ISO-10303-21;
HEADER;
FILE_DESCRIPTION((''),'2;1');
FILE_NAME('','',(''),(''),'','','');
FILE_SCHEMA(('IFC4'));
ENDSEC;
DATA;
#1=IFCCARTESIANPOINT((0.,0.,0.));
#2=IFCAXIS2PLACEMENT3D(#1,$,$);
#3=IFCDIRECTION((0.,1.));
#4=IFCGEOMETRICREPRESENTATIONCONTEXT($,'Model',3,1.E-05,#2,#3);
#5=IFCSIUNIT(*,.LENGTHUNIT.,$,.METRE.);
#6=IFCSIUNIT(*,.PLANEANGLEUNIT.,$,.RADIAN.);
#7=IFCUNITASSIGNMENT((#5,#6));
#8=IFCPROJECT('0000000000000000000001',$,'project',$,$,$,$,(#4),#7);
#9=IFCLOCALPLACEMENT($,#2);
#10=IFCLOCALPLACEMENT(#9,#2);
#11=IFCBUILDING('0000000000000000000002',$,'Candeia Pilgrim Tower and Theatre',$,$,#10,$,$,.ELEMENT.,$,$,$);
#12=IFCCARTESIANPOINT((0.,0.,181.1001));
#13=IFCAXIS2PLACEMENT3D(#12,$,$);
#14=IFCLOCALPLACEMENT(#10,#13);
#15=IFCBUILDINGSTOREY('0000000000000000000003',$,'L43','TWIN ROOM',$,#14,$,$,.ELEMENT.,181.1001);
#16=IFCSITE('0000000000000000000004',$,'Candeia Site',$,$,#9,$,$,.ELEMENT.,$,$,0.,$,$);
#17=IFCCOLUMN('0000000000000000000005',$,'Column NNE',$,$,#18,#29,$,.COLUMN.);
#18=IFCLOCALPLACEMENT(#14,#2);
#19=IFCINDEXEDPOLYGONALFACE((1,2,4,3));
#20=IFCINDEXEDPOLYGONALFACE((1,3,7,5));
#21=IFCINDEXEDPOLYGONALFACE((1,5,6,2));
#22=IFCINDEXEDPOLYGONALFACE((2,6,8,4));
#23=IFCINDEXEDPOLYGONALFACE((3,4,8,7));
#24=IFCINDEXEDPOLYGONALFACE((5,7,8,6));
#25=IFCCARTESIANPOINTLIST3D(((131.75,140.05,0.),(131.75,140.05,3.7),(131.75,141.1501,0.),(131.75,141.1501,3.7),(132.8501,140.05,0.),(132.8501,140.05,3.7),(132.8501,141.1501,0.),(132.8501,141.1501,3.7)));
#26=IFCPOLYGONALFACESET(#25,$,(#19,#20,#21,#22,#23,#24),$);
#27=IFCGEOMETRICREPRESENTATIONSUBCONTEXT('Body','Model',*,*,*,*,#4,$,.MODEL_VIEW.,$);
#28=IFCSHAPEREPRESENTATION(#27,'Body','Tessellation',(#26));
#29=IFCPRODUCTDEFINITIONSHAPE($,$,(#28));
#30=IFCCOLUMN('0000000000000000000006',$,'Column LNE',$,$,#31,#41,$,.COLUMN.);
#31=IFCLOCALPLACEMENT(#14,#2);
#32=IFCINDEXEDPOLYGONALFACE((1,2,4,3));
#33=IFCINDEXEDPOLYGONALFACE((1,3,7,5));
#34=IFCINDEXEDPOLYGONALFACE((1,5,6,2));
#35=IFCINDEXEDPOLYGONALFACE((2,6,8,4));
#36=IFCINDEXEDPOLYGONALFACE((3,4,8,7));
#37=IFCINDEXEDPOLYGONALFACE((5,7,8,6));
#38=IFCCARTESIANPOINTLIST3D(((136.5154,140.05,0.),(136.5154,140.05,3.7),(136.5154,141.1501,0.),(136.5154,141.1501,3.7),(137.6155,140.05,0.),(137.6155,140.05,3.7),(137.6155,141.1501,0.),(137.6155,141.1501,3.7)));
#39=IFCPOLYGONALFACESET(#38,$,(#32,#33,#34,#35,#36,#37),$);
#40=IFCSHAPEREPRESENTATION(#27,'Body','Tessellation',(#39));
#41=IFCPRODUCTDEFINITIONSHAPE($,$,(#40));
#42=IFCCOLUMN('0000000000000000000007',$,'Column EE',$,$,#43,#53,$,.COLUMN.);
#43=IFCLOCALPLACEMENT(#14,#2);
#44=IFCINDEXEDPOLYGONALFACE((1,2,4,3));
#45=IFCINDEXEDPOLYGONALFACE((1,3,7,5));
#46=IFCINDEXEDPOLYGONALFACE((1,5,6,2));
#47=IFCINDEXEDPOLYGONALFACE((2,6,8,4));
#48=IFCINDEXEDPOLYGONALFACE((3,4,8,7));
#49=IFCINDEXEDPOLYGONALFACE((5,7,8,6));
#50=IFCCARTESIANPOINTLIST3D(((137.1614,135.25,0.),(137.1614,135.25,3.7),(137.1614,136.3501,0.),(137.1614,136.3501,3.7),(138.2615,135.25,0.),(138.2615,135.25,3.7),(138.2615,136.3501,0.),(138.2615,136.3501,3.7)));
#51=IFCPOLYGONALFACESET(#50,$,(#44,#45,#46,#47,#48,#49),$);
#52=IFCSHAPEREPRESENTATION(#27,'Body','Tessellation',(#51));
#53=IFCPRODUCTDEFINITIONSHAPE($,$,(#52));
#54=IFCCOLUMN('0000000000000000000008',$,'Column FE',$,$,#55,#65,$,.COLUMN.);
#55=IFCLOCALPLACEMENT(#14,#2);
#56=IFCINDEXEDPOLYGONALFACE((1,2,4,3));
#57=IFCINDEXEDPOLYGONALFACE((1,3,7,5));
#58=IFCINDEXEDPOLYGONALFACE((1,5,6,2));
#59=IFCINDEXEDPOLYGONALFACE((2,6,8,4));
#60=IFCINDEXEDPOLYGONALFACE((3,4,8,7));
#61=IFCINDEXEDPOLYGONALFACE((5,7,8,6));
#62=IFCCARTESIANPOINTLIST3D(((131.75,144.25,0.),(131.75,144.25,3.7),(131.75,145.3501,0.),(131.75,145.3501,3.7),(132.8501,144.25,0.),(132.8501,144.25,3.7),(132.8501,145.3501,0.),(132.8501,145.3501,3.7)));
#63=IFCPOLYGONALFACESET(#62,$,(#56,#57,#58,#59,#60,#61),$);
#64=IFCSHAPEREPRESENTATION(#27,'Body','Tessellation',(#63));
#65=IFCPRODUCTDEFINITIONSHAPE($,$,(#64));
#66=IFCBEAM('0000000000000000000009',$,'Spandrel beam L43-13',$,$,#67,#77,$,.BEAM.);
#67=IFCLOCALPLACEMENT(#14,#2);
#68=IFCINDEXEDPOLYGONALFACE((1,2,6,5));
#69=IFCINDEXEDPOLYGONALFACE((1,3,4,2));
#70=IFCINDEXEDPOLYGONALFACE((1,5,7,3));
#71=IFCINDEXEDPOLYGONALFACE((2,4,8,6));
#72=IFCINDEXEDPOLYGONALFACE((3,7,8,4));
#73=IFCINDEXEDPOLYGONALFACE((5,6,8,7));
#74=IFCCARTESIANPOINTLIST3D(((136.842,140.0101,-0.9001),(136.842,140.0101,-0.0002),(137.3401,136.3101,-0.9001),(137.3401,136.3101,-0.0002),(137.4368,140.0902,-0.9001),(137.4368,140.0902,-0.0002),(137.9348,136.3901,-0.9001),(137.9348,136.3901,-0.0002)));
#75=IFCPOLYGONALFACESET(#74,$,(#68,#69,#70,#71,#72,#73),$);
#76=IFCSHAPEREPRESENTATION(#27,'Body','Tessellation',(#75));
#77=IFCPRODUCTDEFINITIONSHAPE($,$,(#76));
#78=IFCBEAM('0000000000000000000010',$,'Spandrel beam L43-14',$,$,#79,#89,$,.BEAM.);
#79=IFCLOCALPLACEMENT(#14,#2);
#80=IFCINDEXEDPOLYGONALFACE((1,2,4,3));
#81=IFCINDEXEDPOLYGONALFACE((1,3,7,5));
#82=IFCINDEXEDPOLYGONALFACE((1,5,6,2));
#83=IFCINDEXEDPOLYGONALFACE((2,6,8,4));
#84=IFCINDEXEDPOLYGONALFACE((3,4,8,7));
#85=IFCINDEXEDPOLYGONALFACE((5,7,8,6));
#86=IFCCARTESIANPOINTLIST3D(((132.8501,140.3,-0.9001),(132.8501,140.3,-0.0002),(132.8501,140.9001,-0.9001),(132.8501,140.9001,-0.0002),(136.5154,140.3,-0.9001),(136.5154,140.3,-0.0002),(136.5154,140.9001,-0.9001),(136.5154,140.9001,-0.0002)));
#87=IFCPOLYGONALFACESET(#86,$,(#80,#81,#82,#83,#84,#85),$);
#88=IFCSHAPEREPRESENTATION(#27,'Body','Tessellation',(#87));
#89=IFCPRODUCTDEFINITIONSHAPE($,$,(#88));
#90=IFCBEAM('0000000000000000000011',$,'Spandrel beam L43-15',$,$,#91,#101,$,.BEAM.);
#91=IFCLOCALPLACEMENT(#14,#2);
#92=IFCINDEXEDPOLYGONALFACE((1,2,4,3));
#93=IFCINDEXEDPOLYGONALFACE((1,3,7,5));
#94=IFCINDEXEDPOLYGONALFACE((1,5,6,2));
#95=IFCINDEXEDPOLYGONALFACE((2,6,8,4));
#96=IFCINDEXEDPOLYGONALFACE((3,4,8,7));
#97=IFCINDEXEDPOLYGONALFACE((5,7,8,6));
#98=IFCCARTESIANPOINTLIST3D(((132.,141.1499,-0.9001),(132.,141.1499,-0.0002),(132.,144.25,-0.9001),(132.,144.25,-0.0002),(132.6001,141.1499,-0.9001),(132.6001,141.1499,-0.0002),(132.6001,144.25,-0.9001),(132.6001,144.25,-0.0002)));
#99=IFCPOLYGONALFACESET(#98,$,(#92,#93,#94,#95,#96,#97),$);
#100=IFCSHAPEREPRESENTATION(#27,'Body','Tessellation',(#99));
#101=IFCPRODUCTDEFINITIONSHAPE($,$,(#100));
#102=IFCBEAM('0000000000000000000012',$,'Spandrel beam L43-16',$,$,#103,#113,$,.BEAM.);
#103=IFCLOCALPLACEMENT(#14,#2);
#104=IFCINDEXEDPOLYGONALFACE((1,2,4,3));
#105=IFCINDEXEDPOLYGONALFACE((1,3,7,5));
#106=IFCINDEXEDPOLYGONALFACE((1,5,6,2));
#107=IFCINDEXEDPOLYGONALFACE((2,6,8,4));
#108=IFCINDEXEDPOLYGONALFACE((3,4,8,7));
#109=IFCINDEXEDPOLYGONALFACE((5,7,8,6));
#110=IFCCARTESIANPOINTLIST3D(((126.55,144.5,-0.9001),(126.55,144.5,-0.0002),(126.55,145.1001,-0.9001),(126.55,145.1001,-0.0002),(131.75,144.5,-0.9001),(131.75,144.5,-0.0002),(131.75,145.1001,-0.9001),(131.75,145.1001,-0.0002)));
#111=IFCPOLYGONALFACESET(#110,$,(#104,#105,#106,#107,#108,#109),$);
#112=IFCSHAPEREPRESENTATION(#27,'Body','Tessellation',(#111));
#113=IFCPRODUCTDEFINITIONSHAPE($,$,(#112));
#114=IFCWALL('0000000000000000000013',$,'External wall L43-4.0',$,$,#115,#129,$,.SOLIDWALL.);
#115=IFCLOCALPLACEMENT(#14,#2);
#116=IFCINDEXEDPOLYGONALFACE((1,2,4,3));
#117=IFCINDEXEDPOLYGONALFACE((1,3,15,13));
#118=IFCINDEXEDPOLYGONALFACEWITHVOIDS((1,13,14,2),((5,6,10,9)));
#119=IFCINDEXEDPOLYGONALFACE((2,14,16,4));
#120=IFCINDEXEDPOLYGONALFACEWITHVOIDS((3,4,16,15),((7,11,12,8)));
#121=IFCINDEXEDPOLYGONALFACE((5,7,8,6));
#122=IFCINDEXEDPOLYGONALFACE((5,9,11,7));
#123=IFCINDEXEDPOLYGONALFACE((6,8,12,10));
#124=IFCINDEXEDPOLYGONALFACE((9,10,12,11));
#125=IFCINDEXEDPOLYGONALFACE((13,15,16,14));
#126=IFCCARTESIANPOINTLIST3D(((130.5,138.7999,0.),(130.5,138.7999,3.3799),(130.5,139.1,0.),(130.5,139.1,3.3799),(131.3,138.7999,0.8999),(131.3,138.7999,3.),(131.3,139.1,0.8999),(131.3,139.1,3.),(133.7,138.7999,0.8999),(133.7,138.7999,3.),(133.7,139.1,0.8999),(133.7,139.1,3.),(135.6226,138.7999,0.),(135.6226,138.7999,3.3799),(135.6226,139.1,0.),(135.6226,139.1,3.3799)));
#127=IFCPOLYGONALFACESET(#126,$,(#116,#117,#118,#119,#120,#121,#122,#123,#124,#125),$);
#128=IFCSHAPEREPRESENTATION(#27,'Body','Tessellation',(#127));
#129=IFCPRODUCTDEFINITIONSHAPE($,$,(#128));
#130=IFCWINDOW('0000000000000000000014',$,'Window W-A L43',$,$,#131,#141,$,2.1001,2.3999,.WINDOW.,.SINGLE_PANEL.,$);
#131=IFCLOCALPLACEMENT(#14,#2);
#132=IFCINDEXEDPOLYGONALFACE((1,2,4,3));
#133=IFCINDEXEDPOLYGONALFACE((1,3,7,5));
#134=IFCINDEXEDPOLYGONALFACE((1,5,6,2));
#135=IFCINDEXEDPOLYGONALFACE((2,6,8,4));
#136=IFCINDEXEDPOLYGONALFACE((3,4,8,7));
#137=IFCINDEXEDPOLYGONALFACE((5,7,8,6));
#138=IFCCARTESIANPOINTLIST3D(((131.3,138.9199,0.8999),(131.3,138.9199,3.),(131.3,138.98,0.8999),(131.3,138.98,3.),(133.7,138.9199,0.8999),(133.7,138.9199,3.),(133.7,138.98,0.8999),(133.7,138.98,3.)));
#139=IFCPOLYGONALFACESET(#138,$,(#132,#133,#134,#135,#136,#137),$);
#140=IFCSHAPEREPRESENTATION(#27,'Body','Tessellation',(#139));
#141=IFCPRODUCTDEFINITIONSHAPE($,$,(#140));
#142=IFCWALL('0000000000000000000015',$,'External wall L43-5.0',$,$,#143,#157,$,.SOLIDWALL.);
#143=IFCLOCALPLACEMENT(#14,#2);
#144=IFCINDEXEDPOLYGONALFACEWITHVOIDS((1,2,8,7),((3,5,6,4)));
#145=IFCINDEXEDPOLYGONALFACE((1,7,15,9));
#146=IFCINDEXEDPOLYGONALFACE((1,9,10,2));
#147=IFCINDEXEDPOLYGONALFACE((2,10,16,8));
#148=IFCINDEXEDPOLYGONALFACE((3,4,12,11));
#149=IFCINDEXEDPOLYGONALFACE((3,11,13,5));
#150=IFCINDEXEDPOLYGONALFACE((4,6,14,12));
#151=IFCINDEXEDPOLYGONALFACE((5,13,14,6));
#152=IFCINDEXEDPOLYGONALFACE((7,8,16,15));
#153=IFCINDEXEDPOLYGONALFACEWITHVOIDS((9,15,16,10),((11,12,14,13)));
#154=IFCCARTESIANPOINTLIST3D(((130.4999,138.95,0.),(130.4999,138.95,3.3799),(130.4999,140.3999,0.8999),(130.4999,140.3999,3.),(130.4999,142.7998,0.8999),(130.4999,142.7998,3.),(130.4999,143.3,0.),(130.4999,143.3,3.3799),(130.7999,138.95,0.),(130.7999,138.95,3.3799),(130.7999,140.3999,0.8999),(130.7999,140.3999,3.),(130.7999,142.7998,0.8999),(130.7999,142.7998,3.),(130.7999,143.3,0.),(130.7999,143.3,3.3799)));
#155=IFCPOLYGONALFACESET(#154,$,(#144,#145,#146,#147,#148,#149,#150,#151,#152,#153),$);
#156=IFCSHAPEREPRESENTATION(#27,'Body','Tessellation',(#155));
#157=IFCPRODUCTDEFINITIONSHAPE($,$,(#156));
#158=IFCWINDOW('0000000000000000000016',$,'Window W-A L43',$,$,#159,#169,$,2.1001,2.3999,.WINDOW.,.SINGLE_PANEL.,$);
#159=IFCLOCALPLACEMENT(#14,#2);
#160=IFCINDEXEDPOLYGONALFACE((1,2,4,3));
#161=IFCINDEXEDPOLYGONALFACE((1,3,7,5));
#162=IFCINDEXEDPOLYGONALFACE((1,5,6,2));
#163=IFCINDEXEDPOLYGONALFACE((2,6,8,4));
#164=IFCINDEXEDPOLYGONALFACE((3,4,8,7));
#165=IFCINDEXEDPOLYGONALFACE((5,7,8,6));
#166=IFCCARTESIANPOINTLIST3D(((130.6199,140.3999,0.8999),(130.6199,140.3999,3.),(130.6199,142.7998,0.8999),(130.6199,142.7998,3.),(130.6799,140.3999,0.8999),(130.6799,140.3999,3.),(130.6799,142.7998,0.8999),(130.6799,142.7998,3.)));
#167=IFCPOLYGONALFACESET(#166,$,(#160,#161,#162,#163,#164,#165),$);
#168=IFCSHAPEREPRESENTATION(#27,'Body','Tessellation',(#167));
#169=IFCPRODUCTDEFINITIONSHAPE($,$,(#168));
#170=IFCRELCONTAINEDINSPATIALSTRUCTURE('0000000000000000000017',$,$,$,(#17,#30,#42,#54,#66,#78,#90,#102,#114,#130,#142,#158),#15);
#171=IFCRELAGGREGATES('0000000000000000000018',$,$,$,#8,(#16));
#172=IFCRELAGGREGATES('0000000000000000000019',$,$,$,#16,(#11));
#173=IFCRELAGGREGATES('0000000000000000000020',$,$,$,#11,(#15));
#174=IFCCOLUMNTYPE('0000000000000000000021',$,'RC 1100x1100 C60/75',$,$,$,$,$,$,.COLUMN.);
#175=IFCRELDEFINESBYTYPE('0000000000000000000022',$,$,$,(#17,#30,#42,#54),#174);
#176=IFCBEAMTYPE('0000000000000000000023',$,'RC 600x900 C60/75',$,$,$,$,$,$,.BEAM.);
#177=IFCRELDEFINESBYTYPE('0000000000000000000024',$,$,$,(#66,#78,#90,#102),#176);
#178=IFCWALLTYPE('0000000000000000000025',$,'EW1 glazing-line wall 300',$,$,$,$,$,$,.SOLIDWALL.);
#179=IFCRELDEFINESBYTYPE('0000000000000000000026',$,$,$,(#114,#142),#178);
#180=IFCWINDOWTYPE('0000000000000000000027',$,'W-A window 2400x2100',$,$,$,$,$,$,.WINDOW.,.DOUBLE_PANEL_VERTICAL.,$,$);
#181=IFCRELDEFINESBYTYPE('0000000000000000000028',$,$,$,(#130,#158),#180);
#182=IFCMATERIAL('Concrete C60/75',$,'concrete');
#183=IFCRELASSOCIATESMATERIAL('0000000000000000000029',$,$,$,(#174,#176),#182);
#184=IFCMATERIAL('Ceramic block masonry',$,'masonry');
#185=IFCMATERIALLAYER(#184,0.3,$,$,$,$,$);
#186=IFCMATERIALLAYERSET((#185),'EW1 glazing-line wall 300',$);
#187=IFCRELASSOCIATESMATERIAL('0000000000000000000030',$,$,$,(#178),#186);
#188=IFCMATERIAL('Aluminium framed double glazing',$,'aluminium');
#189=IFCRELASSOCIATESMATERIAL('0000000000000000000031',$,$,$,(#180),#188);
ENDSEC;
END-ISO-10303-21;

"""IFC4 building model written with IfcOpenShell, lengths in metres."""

from ifc_helpers import new_model, si_unit, direction, frame, frame_2d, origin, origin_2d, place, context, subcontext, project, spatial, rectangle, extrude, material, layer, layer_set, material_profile, profile_set, type_object, element, fill, save


model = new_model("IFC4")

# Units and contexts
model_context = context("Model", 3, precision=1e-05, world=origin(), true_north=direction((0.0, 1.0)))
body_context = subcontext(model_context, "Body", "Model", "MODEL_VIEW")
ifc_project = project(units=[si_unit("LENGTHUNIT", "METRE"), si_unit("PLANEANGLEUNIT", "RADIAN")], contexts=[model_context])

# Site, building, storey
site_placement = place(None, origin())
site = spatial("IfcSite", under=ifc_project, at=site_placement, Name="Candeia Site", CompositionType="ELEMENT", RefElevation=0.0)
building_placement = place(site_placement, origin())
building = spatial("IfcBuilding", under=site, at=building_placement, Name="Candeia Pilgrim Tower and Theatre", CompositionType="ELEMENT")
storey_placement = place(building_placement, frame((0.0, 0.0, 181.1001)))
storey = spatial("IfcBuildingStorey", under=building, at=storey_placement, Name="L43", Description="TWIN ROOM", CompositionType="ELEMENT", Elevation=181.1001)

# Columns
ifc_material_1 = material(Name="Concrete C60/75", Category="concrete")
ifc_material_profile_1 = material_profile(ifc_material_1, rectangle(XDim=1.1001, YDim=1.1001, at=origin_2d()))
ifc_profile_set_1 = profile_set([ifc_material_profile_1], Name="Concrete C60/75")
column_type = type_object("IfcColumnType", Name="RC 1100x1100 C60/75", PredefinedType="COLUMN", material=ifc_profile_set_1)
for number, where, z_axis, x_axis, name in (
    (1, (132.3, 140.6001, 0.0), (0.0, 0.0, 1.0), (1.0, 0.0, 0.0), "Column NNE"),
    (2, (137.0654, 140.6001, 0.0), (0.0, 0.0, 1.0), (1.0, 0.0, 0.0), "Column LNE"),
    (3, (137.7114, 135.8, 0.0), (0.0, 0.0, 1.0), (1.0, 0.0, 0.0), "Column EE"),
    (4, (132.3, 144.8, 0.0), (0.0, 0.0, 1.0), (1.0, 0.0, 0.0), "Column FE"),
):
    element("IfcColumn", number, at=place(storey_placement, frame(where, z_axis=z_axis, x_axis=x_axis)), inside=storey, type_object=column_type, Name=name, PredefinedType="COLUMN", context=body_context, shape_type="SweptSolid", body=[
        extrude(rectangle(XDim=1.1001, YDim=1.1001, at=origin_2d()), origin(), (0.0, 0.0, 1.0), 3.7),
    ])

# Beams
ifc_material_profile_2 = material_profile(ifc_material_1, rectangle(XDim=0.6001, YDim=0.8999, at=origin_2d()))
ifc_profile_set_2 = profile_set([ifc_material_profile_2], Name="Concrete C60/75")
beam_type = type_object("IfcBeamType", Name="RC 600x900 C60/75", PredefinedType="BEAM", material=ifc_profile_set_2)
beam_1_placement = place(storey_placement, frame((137.6375, 136.3501, -0.4502), z_axis=(-0.133406, 0.991061, 0.0), x_axis=(-0.991061, -0.133406, 0.0)))
element("IfcBeam", 5, at=beam_1_placement, inside=storey, type_object=beam_type, Name="Spandrel beam L43-13", PredefinedType="BEAM", context=body_context, shape_type="SweptSolid", body=[
    extrude(rectangle(XDim=0.6001, YDim=0.8999, at=origin_2d()), origin(), (0.0, 0.0, 1.0), 3.7334),
])
beam_2_placement = place(storey_placement, frame((136.5154, 140.6001, -0.4502), z_axis=(-1.0, 0.0, 0.0), x_axis=(0.0, -1.0, 0.0)))
element("IfcBeam", 6, at=beam_2_placement, inside=storey, type_object=beam_type, Name="Spandrel beam L43-14", PredefinedType="BEAM", context=body_context, shape_type="SweptSolid", body=[
    extrude(rectangle(XDim=0.6001, YDim=0.8999, at=origin_2d()), origin(), (0.0, 0.0, 1.0), 3.6653),
])
beam_3_placement = place(storey_placement, frame((132.3, 141.1499, -0.4502), z_axis=(0.0, 1.0, 0.0), x_axis=(-1.0, 0.0, 0.0)))
element("IfcBeam", 7, at=beam_3_placement, inside=storey, type_object=beam_type, Name="Spandrel beam L43-15", PredefinedType="BEAM", context=body_context, shape_type="SweptSolid", body=[
    extrude(rectangle(XDim=0.6001, YDim=0.8999, at=origin_2d()), origin(), (0.0, 0.0, 1.0), 3.1001),
])
beam_4_placement = place(storey_placement, frame((131.75, 144.8, -0.4502), z_axis=(-1.0, 0.0, 0.0), x_axis=(0.0, -1.0, 0.0)))
element("IfcBeam", 8, at=beam_4_placement, inside=storey, type_object=beam_type, Name="Spandrel beam L43-16", PredefinedType="BEAM", context=body_context, shape_type="SweptSolid", body=[
    extrude(rectangle(XDim=0.6001, YDim=0.8999, at=origin_2d()), origin(), (0.0, 0.0, 1.0), 5.2),
])

# Walls, openings, windows
ifc_material_2 = material(Name="Ceramic block masonry", Category="masonry")
ifc_layer_1 = layer(ifc_material_2, 0.3)
ifc_layer_set_1 = layer_set([ifc_layer_1], Name="EW1 glazing-line wall 300")
wall_type_1 = type_object("IfcWallType", Name="EW1 glazing-line wall 300", PredefinedType="SOLIDWALL", material=ifc_layer_set_1)
wall_1_placement = place(storey_placement, frame((135.6226, 138.95, 0.0), z_axis=(0.0, 0.0, 1.0), x_axis=(-1.0, 0.0, 0.0)))
wall_1 = element("IfcWall", 9, at=wall_1_placement, inside=storey, type_object=wall_type_1, Name="External wall L43-4.0", PredefinedType="SOLIDWALL", context=body_context, shape_type="SweptSolid", body=[
    extrude(rectangle(XDim=5.1226, YDim=0.3, at=frame_2d((2.5613, 0.0))), origin(), (0.0, 0.0, 1.0), 3.3799),
])
opening_1_placement = place(wall_1_placement, frame((1.9226, 0.0, 0.8999)))
opening_1 = element("IfcOpeningElement", 10, at=opening_1_placement, cuts=wall_1, PredefinedType="OPENING", context=body_context, shape_type="SweptSolid", body=[
    extrude(rectangle(XDim=2.3999, YDim=2.1001, at=frame_2d((1.2, 1.05))), frame((0.0, 0.1602, 0.0), z_axis=(0.0, -1.0, 0.0), x_axis=(1.0, 0.0, 0.0)), (0.0, 0.0, 1.0), 0.3201),
])
ifc_material_3 = material(Name="Aluminium framed double glazing", Category="aluminium")
window_type = type_object("IfcWindowType", Name="W-A window 2400x2100", PartitioningType="DOUBLE_PANEL_VERTICAL", PredefinedType="WINDOW", material=ifc_material_3)
window_1_placement = place(opening_1_placement, origin())
window_1 = element("IfcWindow", 11, at=window_1_placement, inside=storey, type_object=window_type, Name="Window W-A L43", OverallHeight=2.1001, OverallWidth=2.3999, PartitioningType="SINGLE_PANEL", PredefinedType="WINDOW", context=body_context, shape_type="SweptSolid", body=[
    extrude(rectangle(XDim=2.3999, YDim=2.1001, at=frame_2d((1.2, 1.05))), frame((0.0, 0.03, 0.0), z_axis=(0.0, -1.0, 0.0), x_axis=(1.0, 0.0, 0.0)), (0.0, 0.0, 1.0), 0.0601),
])
fill(opening_1, window_1)
wall_2_placement = place(storey_placement, frame((130.6499, 138.95, 0.0), z_axis=(0.0, 0.0, 1.0), x_axis=(0.0, 1.0, 0.0)))
wall_2 = element("IfcWall", 12, at=wall_2_placement, inside=storey, type_object=wall_type_1, Name="External wall L43-5.0", PredefinedType="SOLIDWALL", context=body_context, shape_type="SweptSolid", body=[
    extrude(rectangle(XDim=4.3501, YDim=0.3, at=frame_2d((2.175, 0.0))), origin(), (0.0, 0.0, 1.0), 3.3799),
])
opening_2_placement = place(wall_2_placement, frame((1.45, 0.0, 0.8999)))
opening_2 = element("IfcOpeningElement", 13, at=opening_2_placement, cuts=wall_2, PredefinedType="OPENING", context=body_context, shape_type="SweptSolid", body=[
    extrude(rectangle(XDim=2.3999, YDim=2.1001, at=frame_2d((1.2, 1.05))), frame((0.0, 0.1602, 0.0), z_axis=(0.0, -1.0, 0.0), x_axis=(1.0, 0.0, 0.0)), (0.0, 0.0, 1.0), 0.3201),
])
window_2_placement = place(opening_2_placement, origin())
window_2 = element("IfcWindow", 14, at=window_2_placement, inside=storey, type_object=window_type, Name="Window W-A L43", OverallHeight=2.1001, OverallWidth=2.3999, PartitioningType="SINGLE_PANEL", PredefinedType="WINDOW", context=body_context, shape_type="SweptSolid", body=[
    extrude(rectangle(XDim=2.3999, YDim=2.1001, at=frame_2d((1.2, 1.05))), frame((0.0, 0.03, 0.0), z_axis=(0.0, -1.0, 0.0), x_axis=(1.0, 0.0, 0.0)), (0.0, 0.0, 1.0), 0.0601),
])
fill(opening_2, window_2)

save(model, "model.ifc")
